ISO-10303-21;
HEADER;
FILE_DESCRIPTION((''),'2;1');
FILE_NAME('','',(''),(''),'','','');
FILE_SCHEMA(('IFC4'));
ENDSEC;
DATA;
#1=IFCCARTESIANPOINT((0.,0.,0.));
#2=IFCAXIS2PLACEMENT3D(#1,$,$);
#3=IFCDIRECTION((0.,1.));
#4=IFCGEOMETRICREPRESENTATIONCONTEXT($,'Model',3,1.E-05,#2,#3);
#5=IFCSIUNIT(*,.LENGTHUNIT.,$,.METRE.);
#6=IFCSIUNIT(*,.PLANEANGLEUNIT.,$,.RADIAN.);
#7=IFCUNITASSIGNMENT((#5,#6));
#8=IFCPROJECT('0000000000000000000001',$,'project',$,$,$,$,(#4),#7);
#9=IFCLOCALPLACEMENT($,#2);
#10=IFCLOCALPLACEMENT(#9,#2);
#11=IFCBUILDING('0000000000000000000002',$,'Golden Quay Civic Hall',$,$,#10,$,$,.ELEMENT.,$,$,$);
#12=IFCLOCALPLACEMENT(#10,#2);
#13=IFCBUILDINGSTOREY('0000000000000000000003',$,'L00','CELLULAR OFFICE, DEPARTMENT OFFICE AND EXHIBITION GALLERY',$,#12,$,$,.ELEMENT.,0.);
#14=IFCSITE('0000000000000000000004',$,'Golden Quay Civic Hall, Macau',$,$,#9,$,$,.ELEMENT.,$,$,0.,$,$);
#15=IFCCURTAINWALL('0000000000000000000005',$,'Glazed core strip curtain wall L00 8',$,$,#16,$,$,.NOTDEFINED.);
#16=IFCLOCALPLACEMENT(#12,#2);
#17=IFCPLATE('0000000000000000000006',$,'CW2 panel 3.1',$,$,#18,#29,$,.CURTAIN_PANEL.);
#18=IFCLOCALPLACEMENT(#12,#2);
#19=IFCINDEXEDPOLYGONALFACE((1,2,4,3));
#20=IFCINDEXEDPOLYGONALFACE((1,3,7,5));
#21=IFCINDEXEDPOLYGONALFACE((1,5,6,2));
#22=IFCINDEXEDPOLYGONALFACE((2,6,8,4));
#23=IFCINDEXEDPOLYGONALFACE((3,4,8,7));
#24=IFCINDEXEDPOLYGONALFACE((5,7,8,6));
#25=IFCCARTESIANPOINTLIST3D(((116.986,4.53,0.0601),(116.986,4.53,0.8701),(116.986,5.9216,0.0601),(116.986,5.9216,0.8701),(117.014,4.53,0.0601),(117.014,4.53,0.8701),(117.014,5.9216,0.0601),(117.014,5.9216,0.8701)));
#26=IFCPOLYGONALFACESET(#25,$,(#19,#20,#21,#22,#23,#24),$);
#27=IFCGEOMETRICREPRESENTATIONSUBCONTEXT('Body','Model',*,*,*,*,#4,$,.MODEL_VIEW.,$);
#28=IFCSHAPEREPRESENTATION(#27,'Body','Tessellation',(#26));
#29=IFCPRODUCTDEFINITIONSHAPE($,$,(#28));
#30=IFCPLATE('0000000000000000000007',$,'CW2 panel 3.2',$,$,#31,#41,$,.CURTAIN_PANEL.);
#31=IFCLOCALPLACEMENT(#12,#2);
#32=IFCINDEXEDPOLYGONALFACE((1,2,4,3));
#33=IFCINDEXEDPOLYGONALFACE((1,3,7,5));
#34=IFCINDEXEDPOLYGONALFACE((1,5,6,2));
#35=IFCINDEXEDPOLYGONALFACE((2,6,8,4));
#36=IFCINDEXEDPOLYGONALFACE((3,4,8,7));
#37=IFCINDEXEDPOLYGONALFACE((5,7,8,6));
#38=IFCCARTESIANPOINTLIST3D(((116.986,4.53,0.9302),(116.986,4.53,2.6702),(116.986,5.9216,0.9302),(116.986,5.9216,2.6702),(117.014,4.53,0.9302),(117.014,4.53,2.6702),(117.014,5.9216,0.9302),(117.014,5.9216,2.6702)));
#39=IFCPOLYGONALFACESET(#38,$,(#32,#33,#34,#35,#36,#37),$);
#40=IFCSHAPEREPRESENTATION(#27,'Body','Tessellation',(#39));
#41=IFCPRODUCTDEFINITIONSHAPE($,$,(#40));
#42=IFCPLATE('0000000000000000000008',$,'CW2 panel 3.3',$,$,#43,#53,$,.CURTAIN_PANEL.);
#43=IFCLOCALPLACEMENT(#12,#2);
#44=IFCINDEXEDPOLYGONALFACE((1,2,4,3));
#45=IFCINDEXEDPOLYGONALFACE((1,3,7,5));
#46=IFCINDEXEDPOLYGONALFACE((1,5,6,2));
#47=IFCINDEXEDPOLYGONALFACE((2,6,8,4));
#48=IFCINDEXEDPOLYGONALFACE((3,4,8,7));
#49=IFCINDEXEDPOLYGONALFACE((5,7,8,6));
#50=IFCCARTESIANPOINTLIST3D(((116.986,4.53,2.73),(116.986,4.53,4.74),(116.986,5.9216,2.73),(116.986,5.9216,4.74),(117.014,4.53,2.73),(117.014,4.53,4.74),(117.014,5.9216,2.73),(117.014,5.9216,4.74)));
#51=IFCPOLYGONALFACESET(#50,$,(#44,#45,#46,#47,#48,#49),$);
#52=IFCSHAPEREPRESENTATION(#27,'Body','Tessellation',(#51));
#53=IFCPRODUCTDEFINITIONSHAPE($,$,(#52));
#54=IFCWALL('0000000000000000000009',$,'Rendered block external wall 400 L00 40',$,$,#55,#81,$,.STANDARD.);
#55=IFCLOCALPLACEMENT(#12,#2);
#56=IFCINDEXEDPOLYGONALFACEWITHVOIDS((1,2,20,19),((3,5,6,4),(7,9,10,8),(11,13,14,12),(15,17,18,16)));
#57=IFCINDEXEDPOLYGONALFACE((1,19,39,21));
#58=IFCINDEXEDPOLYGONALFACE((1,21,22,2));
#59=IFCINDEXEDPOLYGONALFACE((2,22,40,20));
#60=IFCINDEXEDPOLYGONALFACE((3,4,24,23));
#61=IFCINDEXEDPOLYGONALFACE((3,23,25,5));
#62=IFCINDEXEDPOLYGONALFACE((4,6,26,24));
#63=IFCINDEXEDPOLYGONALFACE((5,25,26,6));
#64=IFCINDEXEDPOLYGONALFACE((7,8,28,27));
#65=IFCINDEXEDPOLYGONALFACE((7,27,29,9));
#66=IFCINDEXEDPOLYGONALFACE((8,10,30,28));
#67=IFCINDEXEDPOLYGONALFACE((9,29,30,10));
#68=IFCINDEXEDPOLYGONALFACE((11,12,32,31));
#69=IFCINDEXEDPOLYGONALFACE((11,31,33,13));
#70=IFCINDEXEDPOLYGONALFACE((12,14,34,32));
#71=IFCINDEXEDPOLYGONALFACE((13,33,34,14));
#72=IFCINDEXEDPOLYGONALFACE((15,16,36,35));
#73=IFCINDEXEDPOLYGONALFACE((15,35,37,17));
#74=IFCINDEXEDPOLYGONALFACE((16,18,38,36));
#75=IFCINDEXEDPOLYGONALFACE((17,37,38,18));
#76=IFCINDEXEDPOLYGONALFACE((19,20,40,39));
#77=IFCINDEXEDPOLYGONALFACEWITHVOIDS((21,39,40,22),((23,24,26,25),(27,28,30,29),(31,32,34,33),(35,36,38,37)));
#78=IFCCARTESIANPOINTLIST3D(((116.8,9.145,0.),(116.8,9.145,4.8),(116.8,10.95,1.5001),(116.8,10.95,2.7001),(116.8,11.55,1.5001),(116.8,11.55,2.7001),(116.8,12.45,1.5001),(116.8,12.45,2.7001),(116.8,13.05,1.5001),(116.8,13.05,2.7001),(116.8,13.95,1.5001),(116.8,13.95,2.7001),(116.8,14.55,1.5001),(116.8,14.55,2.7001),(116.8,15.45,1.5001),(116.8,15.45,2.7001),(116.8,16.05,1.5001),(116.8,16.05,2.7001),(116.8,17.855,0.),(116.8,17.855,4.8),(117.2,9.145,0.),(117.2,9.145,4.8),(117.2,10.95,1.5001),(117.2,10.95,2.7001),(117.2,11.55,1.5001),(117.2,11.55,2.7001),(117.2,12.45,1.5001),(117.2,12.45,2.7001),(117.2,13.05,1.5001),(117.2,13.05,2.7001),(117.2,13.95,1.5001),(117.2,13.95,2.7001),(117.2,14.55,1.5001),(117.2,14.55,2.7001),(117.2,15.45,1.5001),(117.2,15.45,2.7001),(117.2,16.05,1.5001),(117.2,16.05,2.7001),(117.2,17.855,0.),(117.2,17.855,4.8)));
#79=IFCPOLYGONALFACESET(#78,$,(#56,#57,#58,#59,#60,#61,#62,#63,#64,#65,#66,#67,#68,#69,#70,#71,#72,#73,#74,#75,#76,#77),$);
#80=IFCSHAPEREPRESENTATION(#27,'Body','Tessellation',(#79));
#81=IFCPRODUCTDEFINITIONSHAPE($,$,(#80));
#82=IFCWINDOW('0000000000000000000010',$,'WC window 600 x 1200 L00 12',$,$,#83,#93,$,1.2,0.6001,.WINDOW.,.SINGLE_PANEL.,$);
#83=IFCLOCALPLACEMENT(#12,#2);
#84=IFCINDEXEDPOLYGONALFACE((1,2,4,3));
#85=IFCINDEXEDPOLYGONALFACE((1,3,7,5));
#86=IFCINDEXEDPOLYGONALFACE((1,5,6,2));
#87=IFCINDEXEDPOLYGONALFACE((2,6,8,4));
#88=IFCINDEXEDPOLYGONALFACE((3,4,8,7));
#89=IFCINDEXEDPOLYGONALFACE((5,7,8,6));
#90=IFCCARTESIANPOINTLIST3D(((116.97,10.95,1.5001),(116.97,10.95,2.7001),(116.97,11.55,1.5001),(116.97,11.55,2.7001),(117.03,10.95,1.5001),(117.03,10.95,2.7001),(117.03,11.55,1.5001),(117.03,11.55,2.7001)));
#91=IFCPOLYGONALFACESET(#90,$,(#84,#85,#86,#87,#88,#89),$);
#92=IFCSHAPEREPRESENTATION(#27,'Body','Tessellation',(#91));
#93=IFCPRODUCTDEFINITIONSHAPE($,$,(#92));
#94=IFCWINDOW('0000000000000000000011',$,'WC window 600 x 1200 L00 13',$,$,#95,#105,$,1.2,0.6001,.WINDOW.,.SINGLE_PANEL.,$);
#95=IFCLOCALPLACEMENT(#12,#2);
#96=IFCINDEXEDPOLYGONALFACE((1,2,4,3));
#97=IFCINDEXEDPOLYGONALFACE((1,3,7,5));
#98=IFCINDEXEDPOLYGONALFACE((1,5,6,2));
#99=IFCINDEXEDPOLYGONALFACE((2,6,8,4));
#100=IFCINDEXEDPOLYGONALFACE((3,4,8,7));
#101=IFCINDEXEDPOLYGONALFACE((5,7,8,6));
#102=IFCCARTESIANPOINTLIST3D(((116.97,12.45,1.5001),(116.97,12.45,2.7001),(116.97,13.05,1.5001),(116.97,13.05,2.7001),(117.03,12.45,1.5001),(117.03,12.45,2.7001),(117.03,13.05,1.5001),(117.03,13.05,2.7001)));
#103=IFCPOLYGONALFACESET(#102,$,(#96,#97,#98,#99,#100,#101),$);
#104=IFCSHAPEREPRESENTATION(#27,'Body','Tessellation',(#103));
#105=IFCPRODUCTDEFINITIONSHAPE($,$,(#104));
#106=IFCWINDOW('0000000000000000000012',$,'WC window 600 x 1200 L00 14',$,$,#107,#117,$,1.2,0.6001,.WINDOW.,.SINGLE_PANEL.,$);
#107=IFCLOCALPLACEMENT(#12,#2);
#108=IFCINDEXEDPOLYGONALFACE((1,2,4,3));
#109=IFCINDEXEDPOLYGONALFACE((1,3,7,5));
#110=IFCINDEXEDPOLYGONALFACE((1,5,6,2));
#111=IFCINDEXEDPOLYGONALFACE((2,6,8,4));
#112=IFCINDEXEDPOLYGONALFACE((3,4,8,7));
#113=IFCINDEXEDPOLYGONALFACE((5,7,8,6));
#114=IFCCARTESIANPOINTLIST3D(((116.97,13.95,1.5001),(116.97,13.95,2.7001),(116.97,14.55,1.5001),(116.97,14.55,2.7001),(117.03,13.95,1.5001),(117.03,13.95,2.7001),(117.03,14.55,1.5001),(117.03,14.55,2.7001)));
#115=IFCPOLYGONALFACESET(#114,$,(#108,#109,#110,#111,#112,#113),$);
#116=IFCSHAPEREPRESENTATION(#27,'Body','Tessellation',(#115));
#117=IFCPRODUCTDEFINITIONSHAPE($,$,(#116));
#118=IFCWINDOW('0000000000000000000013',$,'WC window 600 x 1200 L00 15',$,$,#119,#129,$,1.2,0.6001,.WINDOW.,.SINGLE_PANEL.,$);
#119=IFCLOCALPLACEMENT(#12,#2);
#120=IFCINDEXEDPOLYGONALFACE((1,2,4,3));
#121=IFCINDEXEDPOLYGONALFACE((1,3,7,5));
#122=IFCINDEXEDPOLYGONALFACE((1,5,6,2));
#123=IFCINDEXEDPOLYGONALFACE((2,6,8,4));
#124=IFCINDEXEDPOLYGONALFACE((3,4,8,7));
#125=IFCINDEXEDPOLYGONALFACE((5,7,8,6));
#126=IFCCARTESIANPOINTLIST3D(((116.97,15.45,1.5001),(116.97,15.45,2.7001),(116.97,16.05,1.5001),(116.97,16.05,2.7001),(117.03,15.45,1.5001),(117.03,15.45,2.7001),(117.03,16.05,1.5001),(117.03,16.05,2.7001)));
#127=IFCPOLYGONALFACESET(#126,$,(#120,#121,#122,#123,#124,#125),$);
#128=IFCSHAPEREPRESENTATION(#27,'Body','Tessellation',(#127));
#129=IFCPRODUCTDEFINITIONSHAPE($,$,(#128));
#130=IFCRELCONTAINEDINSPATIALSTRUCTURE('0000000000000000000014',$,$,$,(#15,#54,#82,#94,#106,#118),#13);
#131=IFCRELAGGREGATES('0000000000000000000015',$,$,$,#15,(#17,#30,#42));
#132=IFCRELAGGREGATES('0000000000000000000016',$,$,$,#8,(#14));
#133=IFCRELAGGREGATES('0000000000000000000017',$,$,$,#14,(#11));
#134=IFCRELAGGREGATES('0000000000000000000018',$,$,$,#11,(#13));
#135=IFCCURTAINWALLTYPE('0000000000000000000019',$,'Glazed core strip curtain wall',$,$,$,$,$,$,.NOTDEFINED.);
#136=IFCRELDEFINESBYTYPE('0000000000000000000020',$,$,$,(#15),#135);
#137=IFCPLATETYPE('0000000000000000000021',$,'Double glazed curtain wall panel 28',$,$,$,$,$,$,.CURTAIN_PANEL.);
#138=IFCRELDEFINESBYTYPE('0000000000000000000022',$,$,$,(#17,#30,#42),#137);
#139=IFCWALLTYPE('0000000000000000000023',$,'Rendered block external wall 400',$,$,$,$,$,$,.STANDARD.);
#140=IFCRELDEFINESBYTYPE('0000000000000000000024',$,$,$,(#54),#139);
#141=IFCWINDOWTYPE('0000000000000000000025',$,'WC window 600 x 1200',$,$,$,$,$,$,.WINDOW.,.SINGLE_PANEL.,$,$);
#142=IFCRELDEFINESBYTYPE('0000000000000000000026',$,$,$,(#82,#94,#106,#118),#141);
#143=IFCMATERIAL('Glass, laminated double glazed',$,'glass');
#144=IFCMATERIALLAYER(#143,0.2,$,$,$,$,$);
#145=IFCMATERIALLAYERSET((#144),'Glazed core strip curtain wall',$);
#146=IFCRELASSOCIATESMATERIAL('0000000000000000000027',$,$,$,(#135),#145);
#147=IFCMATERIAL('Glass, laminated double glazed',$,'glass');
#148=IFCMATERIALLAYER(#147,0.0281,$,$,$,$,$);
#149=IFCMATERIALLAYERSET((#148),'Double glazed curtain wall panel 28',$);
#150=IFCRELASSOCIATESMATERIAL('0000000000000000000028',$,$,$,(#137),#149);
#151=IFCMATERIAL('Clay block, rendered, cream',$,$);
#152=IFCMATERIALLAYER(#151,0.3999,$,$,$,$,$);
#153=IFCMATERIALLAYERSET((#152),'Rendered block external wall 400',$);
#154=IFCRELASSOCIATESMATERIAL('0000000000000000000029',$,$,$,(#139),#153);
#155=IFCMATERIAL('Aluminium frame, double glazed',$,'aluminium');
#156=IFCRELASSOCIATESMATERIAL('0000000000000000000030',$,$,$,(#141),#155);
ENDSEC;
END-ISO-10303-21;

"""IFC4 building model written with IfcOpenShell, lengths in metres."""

from ifc_helpers import new_model, si_unit, direction, frame, frame_2d, origin, origin_2d, place, context, subcontext, project, spatial, rectangle, extrude, material, layer, layer_set, type_object, element, fill, aggregate, save


model = new_model("IFC4")

# Units and contexts
model_context = context("Model", 3, precision=1e-05, world=origin(), true_north=direction((0.0, 1.0)))
body_context = subcontext(model_context, "Body", "Model", "MODEL_VIEW")
ifc_project = project(units=[si_unit("LENGTHUNIT", "METRE"), si_unit("PLANEANGLEUNIT", "RADIAN")], contexts=[model_context])

# Site, building, storey
site_placement = place(None, origin())
site = spatial("IfcSite", under=ifc_project, at=site_placement, Name="Golden Quay Civic Hall, Macau", CompositionType="ELEMENT", RefElevation=0.0)
building_placement = place(site_placement, origin())
building = spatial("IfcBuilding", under=site, at=building_placement, Name="Golden Quay Civic Hall", CompositionType="ELEMENT")
storey_placement = place(building_placement, origin())
storey = spatial("IfcBuildingStorey", under=building, at=storey_placement, Name="L00", Description="CELLULAR OFFICE, DEPARTMENT OFFICE AND EXHIBITION GALLERY", CompositionType="ELEMENT", Elevation=0.0)

# Curtain wall, plates
ifc_material_1 = material(Name="Glass, laminated double glazed", Category="glass")
ifc_layer_1 = layer(ifc_material_1, 0.2)
ifc_layer_set_1 = layer_set([ifc_layer_1], Name="Glazed core strip curtain wall")
curtain_wall_type = type_object("IfcCurtainWallType", Name="Glazed core strip curtain wall", PredefinedType="NOTDEFINED", material=ifc_layer_set_1)
curtain_wall_placement = place(storey_placement, origin())
curtain_wall = element("IfcCurtainWall", 1, at=curtain_wall_placement, inside=storey, type_object=curtain_wall_type, Name="Glazed core strip curtain wall L00 8", PredefinedType="NOTDEFINED")
ifc_material_2 = material(Name="Glass, laminated double glazed", Category="glass")
ifc_layer_2 = layer(ifc_material_2, 0.0281)
ifc_layer_set_2 = layer_set([ifc_layer_2], Name="Double glazed curtain wall panel 28")
plate_type = type_object("IfcPlateType", Name="Double glazed curtain wall panel 28", PredefinedType="CURTAIN_PANEL", material=ifc_layer_set_2)
plate_1_placement = place(storey_placement, frame((117.0, 5.2258, 0.0601), z_axis=(0.0, 0.0, 1.0), x_axis=(0.0, -1.0, 0.0)))
plate_1 = element("IfcPlate", 2, at=plate_1_placement, type_object=plate_type, Name="CW2 panel 3.1", PredefinedType="CURTAIN_PANEL", context=body_context, shape_type="SweptSolid", body=[
    extrude(rectangle(XDim=1.3916, YDim=0.0281, at=origin_2d()), origin(), (0.0, 0.0, 1.0), 0.8101),
])
plate_2_placement = place(storey_placement, frame((117.0, 5.2258, 0.9302), z_axis=(0.0, 0.0, 1.0), x_axis=(0.0, -1.0, 0.0)))
plate_2 = element("IfcPlate", 3, at=plate_2_placement, type_object=plate_type, Name="CW2 panel 3.2", PredefinedType="CURTAIN_PANEL", context=body_context, shape_type="SweptSolid", body=[
    extrude(rectangle(XDim=1.3916, YDim=0.0281, at=origin_2d()), origin(), (0.0, 0.0, 1.0), 1.74),
])
plate_3_placement = place(storey_placement, frame((117.0, 5.2258, 2.73), z_axis=(0.0, 0.0, 1.0), x_axis=(0.0, -1.0, 0.0)))
plate_3 = element("IfcPlate", 4, at=plate_3_placement, type_object=plate_type, Name="CW2 panel 3.3", PredefinedType="CURTAIN_PANEL", context=body_context, shape_type="SweptSolid", body=[
    extrude(rectangle(XDim=1.3916, YDim=0.0281, at=origin_2d()), origin(), (0.0, 0.0, 1.0), 2.01),
])
aggregate(curtain_wall, [plate_1, plate_2, plate_3])

# Wall, openings, windows
ifc_material_3 = material(Name="Clay block, rendered, cream")
ifc_layer_3 = layer(ifc_material_3, 0.3999)
ifc_layer_set_3 = layer_set([ifc_layer_3], Name="Rendered block external wall 400")
wall_type = type_object("IfcWallType", Name="Rendered block external wall 400", PredefinedType="STANDARD", material=ifc_layer_set_3)
wall_placement = place(storey_placement, frame((117.0, 17.855, 0.0), z_axis=(0.0, 0.0, 1.0), x_axis=(0.0, -1.0, 0.0)))
wall = element("IfcWall", 5, at=wall_placement, inside=storey, type_object=wall_type, Name="Rendered block external wall 400 L00 40", PredefinedType="STANDARD", context=body_context, shape_type="SweptSolid", body=[
    extrude(rectangle(XDim=8.71, YDim=0.3999, at=frame_2d((4.355, 0.0))), origin(), (0.0, 0.0, 1.0), 4.8),
])
opening_1_placement = place(wall_placement, frame((6.3049, 0.0, 1.5)))
opening_1 = element("IfcOpeningElement", 6, at=opening_1_placement, cuts=wall, PredefinedType="OPENING", context=body_context, shape_type="SweptSolid", body=[
    extrude(rectangle(XDim=0.6001, YDim=1.2, at=frame_2d((0.3, 0.6001))), frame((0.0, 0.21, 0.0), z_axis=(0.0, -1.0, 0.0), x_axis=(1.0, 0.0, 0.0)), (0.0, 0.0, 1.0), 0.4199),
])
opening_2_placement = place(wall_placement, frame((4.8049, 0.0, 1.5)))
opening_2 = element("IfcOpeningElement", 7, at=opening_2_placement, cuts=wall, PredefinedType="OPENING", context=body_context, shape_type="SweptSolid", body=[
    extrude(rectangle(XDim=0.6001, YDim=1.2, at=frame_2d((0.3, 0.6001))), frame((0.0, 0.21, 0.0), z_axis=(0.0, -1.0, 0.0), x_axis=(1.0, 0.0, 0.0)), (0.0, 0.0, 1.0), 0.4199),
])
opening_3_placement = place(wall_placement, frame((3.3049, 0.0, 1.5)))
opening_3 = element("IfcOpeningElement", 8, at=opening_3_placement, cuts=wall, PredefinedType="OPENING", context=body_context, shape_type="SweptSolid", body=[
    extrude(rectangle(XDim=0.6001, YDim=1.2, at=frame_2d((0.3, 0.6001))), frame((0.0, 0.21, 0.0), z_axis=(0.0, -1.0, 0.0), x_axis=(1.0, 0.0, 0.0)), (0.0, 0.0, 1.0), 0.4199),
])
opening_4_placement = place(wall_placement, frame((1.8049, 0.0, 1.5)))
opening_4 = element("IfcOpeningElement", 9, at=opening_4_placement, cuts=wall, PredefinedType="OPENING", context=body_context, shape_type="SweptSolid", body=[
    extrude(rectangle(XDim=0.6001, YDim=1.2, at=frame_2d((0.3, 0.6001))), frame((0.0, 0.21, 0.0), z_axis=(0.0, -1.0, 0.0), x_axis=(1.0, 0.0, 0.0)), (0.0, 0.0, 1.0), 0.4199),
])
ifc_material_4 = material(Name="Aluminium frame, double glazed", Category="aluminium")
window_type = type_object("IfcWindowType", Name="WC window 600 x 1200", PartitioningType="SINGLE_PANEL", PredefinedType="WINDOW", material=ifc_material_4)
window_1_placement = place(opening_1_placement, origin())
window_1 = element("IfcWindow", 10, at=window_1_placement, inside=storey, type_object=window_type, Name="WC window 600 x 1200 L00 12", OverallHeight=1.2, OverallWidth=0.6001, PartitioningType="SINGLE_PANEL", PredefinedType="WINDOW", context=body_context, shape_type="SweptSolid", body=[
    extrude(rectangle(XDim=0.6001, YDim=1.2, at=frame_2d((0.3, 0.6001))), frame((0.0, 0.03, 0.0), z_axis=(0.0, -1.0, 0.0), x_axis=(1.0, 0.0, 0.0)), (0.0, 0.0, 1.0), 0.0601),
])
fill(opening_1, window_1)
window_2_placement = place(opening_2_placement, origin())
window_2 = element("IfcWindow", 11, at=window_2_placement, inside=storey, type_object=window_type, Name="WC window 600 x 1200 L00 13", OverallHeight=1.2, OverallWidth=0.6001, PartitioningType="SINGLE_PANEL", PredefinedType="WINDOW", context=body_context, shape_type="SweptSolid", body=[
    extrude(rectangle(XDim=0.6001, YDim=1.2, at=frame_2d((0.3, 0.6001))), frame((0.0, 0.03, 0.0), z_axis=(0.0, -1.0, 0.0), x_axis=(1.0, 0.0, 0.0)), (0.0, 0.0, 1.0), 0.0601),
])
fill(opening_2, window_2)
window_3_placement = place(opening_3_placement, origin())
window_3 = element("IfcWindow", 12, at=window_3_placement, inside=storey, type_object=window_type, Name="WC window 600 x 1200 L00 14", OverallHeight=1.2, OverallWidth=0.6001, PartitioningType="SINGLE_PANEL", PredefinedType="WINDOW", context=body_context, shape_type="SweptSolid", body=[
    extrude(rectangle(XDim=0.6001, YDim=1.2, at=frame_2d((0.3, 0.6001))), frame((0.0, 0.03, 0.0), z_axis=(0.0, -1.0, 0.0), x_axis=(1.0, 0.0, 0.0)), (0.0, 0.0, 1.0), 0.0601),
])
fill(opening_3, window_3)
window_4_placement = place(opening_4_placement, origin())
window_4 = element("IfcWindow", 13, at=window_4_placement, inside=storey, type_object=window_type, Name="WC window 600 x 1200 L00 15", OverallHeight=1.2, OverallWidth=0.6001, PartitioningType="SINGLE_PANEL", PredefinedType="WINDOW", context=body_context, shape_type="SweptSolid", body=[
    extrude(rectangle(XDim=0.6001, YDim=1.2, at=frame_2d((0.3, 0.6001))), frame((0.0, 0.03, 0.0), z_axis=(0.0, -1.0, 0.0), x_axis=(1.0, 0.0, 0.0)), (0.0, 0.0, 1.0), 0.0601),
])
fill(opening_4, window_4)

save(model, "model.ifc")
